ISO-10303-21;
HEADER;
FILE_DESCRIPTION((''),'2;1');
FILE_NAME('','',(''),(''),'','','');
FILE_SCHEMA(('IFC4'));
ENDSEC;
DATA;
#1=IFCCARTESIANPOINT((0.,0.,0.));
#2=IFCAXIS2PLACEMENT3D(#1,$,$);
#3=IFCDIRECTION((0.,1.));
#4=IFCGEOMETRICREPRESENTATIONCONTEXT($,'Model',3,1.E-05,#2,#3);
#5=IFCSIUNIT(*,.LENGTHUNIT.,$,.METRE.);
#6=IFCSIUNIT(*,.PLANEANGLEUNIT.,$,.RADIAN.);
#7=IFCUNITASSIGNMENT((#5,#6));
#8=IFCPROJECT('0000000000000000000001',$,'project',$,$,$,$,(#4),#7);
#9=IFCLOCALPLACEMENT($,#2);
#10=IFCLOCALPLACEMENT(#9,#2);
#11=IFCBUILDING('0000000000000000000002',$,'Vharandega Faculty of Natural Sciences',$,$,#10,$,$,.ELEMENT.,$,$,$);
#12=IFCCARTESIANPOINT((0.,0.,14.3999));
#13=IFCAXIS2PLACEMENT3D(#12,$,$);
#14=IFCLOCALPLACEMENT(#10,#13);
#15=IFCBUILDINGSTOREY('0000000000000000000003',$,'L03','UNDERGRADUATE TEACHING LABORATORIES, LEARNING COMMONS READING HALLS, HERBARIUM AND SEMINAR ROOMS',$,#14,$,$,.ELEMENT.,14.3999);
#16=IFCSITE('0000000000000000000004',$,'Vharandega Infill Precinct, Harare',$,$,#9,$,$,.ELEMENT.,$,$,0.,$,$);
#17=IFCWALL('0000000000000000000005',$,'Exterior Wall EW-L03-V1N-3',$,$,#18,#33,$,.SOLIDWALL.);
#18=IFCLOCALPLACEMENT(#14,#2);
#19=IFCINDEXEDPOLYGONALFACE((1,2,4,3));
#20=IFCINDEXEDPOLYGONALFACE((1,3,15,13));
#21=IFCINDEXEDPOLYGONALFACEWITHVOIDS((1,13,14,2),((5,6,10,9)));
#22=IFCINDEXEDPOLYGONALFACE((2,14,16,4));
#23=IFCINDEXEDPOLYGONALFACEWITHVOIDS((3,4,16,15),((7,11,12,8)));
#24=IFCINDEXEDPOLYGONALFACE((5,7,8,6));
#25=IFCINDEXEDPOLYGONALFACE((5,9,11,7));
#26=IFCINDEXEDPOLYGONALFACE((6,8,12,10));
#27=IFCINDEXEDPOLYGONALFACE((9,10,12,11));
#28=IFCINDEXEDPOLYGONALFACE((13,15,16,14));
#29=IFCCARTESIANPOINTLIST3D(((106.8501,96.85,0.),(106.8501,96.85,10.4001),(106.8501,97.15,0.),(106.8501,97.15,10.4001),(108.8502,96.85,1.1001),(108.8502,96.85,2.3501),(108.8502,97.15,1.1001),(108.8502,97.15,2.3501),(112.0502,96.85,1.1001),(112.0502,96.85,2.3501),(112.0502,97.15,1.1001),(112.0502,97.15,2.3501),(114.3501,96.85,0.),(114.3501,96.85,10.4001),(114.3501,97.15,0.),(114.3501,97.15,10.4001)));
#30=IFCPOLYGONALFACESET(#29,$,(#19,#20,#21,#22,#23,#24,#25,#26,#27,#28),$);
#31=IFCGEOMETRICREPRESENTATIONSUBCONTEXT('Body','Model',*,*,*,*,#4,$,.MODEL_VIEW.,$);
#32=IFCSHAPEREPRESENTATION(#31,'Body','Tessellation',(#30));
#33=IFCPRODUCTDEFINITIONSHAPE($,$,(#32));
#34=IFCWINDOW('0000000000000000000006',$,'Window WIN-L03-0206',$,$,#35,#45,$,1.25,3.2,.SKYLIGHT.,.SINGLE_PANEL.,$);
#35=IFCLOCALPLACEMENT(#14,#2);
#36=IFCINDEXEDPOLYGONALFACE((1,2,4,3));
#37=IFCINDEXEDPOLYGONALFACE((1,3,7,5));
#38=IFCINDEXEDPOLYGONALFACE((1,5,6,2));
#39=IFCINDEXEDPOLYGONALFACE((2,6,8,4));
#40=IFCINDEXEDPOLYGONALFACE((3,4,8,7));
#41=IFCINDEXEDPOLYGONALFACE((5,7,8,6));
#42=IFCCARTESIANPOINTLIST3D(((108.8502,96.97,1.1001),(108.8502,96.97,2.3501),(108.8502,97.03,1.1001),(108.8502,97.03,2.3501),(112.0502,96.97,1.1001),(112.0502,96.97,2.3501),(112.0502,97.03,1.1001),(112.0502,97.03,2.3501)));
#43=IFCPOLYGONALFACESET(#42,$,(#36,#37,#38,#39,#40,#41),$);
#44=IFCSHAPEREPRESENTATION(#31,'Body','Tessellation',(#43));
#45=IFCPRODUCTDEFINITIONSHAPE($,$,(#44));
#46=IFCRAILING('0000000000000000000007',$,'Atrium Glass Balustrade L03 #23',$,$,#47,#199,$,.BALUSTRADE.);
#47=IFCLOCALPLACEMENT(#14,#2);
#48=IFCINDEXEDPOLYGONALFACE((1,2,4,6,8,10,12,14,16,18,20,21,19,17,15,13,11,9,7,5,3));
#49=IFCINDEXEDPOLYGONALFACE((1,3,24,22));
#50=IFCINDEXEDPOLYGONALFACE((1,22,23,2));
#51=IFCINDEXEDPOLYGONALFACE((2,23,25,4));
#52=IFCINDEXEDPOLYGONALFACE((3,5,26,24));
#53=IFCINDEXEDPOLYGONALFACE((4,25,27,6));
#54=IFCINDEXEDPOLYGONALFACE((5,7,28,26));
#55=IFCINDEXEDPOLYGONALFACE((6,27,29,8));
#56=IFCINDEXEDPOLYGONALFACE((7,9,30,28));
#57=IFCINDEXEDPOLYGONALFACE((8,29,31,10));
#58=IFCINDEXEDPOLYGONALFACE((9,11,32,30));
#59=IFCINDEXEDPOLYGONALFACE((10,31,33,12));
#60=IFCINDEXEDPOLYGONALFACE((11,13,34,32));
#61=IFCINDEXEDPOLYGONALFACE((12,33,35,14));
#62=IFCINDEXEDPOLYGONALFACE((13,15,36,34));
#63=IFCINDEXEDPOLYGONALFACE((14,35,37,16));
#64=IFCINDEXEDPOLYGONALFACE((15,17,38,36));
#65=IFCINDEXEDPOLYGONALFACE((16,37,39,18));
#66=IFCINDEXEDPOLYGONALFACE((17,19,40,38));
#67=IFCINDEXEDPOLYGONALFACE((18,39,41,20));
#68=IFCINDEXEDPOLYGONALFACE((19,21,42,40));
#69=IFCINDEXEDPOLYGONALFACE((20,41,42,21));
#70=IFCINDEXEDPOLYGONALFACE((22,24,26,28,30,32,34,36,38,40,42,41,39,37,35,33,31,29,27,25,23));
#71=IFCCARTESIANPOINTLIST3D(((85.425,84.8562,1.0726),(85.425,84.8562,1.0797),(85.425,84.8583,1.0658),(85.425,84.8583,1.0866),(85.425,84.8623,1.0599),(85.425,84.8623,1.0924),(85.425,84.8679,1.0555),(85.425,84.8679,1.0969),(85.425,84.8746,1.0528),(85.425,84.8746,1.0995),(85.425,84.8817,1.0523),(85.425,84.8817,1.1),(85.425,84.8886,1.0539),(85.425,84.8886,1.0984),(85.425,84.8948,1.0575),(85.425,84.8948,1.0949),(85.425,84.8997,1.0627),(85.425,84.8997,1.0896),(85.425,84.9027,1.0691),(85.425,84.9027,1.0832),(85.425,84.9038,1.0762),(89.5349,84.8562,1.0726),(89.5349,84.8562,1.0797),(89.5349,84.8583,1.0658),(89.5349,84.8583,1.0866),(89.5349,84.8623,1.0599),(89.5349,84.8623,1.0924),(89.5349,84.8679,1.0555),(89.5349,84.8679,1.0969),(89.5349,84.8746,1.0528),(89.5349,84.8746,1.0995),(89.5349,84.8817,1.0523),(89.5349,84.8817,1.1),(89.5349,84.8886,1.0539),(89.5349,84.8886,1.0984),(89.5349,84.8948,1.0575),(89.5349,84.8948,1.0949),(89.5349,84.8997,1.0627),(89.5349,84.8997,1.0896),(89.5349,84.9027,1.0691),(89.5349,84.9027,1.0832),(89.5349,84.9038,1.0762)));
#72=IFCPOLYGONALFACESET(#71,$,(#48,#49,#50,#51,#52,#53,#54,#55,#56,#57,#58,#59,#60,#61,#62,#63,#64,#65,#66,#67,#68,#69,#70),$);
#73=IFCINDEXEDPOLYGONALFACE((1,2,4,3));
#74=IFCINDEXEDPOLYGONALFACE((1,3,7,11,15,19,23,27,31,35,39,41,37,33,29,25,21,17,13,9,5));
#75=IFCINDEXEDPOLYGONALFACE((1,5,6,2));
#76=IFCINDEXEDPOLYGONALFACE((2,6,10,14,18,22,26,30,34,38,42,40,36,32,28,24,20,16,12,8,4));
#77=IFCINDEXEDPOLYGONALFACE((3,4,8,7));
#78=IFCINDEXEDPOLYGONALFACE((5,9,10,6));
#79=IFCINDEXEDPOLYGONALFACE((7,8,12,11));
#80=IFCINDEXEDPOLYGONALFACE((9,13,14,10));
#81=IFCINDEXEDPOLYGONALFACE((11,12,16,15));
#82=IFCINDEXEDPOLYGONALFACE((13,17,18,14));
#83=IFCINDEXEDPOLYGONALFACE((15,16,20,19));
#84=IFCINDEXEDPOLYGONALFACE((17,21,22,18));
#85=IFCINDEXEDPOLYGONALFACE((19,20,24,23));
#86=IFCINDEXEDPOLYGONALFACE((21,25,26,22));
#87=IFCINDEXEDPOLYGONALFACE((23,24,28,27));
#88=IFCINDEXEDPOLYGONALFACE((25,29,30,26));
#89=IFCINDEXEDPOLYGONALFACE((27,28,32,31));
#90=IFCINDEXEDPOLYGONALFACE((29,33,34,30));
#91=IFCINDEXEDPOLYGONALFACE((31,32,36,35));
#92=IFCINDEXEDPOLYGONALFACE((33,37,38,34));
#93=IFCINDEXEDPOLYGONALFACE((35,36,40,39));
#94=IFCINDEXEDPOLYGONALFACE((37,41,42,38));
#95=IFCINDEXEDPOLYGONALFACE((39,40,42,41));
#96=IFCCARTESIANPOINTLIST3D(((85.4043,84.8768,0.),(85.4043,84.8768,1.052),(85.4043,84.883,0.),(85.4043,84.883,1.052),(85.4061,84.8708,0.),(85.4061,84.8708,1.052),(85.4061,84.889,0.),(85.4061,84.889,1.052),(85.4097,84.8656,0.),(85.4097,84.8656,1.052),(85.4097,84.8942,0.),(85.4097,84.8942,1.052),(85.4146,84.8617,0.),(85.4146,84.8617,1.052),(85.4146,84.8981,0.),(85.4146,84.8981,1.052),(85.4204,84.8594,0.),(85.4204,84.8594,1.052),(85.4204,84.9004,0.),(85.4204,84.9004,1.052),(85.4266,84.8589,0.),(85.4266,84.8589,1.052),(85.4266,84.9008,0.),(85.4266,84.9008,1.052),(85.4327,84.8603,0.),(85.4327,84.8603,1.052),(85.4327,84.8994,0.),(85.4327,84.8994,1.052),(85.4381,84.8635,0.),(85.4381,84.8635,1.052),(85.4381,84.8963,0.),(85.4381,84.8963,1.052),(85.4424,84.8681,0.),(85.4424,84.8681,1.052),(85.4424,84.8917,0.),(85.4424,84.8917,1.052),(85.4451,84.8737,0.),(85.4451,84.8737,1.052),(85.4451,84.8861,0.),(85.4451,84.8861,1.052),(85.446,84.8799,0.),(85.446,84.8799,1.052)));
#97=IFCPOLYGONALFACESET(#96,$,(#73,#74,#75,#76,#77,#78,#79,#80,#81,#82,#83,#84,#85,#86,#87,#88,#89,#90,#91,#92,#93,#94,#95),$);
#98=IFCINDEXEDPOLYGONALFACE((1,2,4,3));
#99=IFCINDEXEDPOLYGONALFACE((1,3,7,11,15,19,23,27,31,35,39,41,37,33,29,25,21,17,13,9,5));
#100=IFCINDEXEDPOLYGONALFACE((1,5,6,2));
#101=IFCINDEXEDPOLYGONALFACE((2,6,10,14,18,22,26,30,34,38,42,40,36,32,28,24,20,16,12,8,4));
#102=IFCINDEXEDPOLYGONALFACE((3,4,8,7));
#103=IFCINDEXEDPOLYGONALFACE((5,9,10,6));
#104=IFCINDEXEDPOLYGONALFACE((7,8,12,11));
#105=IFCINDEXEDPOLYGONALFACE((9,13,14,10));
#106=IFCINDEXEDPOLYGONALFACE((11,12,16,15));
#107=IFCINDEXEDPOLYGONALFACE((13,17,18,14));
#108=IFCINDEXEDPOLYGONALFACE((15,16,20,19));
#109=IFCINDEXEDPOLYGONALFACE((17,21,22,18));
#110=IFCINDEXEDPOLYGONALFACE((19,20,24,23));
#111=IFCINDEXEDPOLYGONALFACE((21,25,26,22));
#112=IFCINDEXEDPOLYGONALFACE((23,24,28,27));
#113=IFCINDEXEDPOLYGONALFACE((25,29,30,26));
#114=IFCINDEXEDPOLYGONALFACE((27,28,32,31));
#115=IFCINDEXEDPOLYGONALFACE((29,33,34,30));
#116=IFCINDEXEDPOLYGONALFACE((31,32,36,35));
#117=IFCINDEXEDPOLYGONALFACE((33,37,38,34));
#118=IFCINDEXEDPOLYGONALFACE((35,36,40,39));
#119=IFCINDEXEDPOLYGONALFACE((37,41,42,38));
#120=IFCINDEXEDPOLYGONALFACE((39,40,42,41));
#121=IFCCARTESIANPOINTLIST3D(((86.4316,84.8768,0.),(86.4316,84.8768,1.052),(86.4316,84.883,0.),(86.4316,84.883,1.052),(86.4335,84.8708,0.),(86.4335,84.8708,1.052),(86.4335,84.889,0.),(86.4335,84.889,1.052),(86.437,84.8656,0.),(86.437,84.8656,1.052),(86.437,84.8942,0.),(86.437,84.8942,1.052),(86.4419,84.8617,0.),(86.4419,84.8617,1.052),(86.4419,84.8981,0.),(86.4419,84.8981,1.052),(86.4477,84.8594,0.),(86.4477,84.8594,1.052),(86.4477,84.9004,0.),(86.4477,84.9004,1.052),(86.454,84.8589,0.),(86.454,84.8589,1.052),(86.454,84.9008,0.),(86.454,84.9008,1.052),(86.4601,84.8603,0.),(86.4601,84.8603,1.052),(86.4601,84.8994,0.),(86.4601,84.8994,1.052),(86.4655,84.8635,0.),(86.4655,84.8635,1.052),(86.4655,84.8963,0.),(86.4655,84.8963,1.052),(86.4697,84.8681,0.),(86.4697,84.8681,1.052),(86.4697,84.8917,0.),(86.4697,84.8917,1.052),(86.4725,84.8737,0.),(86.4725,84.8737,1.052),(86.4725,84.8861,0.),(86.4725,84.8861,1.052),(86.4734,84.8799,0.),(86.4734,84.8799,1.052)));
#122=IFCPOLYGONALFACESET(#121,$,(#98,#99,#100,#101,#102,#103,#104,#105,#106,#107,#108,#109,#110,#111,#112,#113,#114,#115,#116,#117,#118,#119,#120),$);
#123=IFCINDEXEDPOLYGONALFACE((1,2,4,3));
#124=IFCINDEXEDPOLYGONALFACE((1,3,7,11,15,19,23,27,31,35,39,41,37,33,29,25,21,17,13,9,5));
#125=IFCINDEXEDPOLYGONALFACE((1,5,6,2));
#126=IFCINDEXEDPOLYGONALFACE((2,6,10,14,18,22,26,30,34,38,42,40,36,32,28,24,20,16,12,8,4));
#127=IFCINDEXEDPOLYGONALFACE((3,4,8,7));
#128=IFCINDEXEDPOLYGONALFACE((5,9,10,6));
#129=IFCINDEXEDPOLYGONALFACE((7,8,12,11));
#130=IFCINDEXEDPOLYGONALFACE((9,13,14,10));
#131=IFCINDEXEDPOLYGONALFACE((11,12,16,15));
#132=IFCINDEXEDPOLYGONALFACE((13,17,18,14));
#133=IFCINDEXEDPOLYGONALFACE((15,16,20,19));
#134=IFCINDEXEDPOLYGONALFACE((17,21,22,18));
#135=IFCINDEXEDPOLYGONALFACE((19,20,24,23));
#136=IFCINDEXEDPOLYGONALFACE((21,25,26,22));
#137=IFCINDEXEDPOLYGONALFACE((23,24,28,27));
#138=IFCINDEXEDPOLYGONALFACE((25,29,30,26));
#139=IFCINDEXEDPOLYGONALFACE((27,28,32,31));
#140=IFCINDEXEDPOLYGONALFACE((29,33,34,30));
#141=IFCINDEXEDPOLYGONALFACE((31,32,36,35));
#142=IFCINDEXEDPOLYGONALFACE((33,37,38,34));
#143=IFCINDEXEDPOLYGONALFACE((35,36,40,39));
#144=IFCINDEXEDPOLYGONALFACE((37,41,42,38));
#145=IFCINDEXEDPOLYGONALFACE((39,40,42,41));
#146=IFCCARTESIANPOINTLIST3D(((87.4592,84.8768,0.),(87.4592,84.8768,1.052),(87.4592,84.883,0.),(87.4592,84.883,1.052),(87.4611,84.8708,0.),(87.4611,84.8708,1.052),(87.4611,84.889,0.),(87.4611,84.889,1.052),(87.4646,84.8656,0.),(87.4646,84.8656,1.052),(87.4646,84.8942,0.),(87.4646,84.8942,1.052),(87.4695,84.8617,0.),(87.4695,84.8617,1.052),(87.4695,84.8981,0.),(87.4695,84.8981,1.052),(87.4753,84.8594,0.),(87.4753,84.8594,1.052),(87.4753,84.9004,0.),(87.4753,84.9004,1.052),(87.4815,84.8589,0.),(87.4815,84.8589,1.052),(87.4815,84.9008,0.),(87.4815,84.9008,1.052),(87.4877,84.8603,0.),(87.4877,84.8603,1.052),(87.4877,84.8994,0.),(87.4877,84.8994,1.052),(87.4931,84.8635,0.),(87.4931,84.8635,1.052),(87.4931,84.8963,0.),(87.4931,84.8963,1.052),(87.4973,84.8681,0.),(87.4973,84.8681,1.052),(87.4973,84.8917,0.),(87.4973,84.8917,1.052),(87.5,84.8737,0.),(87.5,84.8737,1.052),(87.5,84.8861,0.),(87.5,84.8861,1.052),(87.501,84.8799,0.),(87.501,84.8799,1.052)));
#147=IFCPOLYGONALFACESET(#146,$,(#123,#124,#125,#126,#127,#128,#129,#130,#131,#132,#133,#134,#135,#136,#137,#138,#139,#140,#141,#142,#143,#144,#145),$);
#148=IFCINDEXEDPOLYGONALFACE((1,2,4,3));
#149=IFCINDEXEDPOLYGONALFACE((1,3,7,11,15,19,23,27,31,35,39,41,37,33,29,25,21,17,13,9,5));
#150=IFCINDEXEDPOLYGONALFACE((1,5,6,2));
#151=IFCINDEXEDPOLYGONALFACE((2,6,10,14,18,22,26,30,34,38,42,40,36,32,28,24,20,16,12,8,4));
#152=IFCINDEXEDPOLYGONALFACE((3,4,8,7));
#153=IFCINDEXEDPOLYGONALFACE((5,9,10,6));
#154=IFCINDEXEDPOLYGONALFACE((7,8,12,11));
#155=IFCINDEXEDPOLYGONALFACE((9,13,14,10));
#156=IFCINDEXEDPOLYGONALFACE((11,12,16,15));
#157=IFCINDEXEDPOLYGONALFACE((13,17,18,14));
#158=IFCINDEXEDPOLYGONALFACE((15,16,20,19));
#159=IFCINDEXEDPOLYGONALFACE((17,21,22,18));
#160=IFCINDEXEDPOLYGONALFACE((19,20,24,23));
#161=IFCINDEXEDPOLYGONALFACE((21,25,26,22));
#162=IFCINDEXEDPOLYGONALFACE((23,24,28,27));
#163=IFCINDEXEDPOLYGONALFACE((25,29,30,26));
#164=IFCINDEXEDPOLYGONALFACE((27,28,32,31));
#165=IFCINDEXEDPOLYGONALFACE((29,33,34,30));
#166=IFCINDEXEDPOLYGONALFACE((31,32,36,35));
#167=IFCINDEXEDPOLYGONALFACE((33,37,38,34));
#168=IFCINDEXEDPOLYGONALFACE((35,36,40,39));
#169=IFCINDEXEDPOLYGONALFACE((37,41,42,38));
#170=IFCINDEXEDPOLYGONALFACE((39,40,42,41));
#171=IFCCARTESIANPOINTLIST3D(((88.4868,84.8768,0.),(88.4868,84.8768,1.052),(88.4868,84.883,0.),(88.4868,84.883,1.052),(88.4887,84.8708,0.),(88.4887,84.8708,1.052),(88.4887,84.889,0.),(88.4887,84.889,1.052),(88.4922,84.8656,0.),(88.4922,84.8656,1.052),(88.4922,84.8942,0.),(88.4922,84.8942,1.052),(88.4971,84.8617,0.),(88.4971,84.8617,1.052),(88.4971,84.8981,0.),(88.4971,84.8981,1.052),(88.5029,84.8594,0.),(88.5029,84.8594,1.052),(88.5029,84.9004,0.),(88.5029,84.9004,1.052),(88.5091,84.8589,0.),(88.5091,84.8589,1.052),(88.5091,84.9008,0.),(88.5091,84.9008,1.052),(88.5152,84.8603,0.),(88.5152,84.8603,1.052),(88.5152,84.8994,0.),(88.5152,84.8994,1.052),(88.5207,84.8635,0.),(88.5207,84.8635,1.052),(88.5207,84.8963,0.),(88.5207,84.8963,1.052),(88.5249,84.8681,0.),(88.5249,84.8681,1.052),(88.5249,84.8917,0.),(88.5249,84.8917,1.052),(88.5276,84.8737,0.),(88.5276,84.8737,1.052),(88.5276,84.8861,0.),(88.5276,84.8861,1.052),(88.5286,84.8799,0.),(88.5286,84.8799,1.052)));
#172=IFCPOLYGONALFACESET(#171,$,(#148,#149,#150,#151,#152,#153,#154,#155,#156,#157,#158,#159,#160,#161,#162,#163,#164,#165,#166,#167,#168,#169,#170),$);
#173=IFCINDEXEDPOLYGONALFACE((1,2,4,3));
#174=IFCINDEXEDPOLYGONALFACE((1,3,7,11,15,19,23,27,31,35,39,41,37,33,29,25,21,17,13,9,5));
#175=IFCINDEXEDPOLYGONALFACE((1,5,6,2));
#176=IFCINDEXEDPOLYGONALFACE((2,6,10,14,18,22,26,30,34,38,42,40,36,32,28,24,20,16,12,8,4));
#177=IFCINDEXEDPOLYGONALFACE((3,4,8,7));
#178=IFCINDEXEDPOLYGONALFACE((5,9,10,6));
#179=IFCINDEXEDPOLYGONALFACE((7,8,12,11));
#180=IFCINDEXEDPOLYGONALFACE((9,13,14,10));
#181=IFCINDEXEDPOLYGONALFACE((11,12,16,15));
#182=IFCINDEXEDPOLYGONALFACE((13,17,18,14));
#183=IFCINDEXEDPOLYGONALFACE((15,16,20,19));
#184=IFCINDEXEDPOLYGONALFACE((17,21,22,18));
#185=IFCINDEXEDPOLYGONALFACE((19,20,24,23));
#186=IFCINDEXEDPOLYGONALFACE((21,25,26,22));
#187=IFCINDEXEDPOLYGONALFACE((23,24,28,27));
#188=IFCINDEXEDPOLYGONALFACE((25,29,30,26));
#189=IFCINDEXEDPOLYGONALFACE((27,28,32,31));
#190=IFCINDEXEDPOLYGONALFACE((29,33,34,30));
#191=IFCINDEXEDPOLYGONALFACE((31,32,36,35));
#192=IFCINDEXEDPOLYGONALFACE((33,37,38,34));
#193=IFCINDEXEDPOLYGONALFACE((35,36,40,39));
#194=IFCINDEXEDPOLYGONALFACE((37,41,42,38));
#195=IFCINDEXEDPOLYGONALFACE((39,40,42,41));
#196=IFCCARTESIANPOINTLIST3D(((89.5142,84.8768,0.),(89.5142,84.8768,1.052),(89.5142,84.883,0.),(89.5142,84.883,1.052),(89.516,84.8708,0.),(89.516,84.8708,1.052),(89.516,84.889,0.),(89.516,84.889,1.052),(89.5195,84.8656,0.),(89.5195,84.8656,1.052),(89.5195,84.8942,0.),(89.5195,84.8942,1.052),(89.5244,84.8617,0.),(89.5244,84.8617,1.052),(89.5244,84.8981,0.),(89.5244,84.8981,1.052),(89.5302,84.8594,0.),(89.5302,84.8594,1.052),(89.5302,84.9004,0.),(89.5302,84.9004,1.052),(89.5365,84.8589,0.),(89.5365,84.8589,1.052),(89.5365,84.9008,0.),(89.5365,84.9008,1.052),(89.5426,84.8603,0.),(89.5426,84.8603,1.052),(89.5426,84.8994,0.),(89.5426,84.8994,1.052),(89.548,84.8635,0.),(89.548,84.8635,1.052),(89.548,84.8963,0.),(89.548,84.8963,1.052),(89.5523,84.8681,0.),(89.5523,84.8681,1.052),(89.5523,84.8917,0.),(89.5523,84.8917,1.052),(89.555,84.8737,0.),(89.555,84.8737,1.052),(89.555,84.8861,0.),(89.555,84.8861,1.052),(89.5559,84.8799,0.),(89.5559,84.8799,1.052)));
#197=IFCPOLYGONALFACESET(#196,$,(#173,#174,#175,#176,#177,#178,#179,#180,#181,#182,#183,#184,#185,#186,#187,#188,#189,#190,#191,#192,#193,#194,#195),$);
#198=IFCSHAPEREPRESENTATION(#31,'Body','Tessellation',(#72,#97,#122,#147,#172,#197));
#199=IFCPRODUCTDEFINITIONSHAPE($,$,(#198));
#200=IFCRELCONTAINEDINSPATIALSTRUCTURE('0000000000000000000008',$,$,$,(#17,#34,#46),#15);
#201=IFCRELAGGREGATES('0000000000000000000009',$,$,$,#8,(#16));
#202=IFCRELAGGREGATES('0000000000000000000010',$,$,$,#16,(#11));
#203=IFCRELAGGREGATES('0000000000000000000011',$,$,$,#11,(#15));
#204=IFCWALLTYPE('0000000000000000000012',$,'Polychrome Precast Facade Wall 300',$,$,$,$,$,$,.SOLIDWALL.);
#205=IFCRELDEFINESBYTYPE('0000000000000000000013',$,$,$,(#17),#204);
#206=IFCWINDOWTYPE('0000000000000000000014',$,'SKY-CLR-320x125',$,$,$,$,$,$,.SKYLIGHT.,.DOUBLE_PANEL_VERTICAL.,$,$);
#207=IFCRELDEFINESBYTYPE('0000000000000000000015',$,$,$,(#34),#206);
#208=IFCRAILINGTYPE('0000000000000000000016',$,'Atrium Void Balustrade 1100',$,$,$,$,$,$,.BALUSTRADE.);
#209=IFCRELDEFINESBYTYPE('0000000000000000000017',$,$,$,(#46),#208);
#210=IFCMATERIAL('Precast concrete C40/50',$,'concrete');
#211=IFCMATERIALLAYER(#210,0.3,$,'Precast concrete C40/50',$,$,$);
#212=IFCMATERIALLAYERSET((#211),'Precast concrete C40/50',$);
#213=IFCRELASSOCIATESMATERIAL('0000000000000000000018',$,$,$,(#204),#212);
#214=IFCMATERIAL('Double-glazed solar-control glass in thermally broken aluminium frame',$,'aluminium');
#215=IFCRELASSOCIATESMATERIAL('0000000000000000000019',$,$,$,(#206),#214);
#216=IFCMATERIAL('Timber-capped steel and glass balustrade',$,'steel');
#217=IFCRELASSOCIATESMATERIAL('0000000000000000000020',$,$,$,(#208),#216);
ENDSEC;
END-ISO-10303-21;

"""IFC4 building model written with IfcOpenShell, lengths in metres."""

from ifc_helpers import new_model, si_unit, direction, frame, frame_2d, origin, origin_2d, place, context, subcontext, project, spatial, rectangle, circle, extrude, material, layer, layer_set, type_object, element, fill, save


model = new_model("IFC4")

# Units and contexts
model_context = context("Model", 3, precision=1e-05, world=origin(), true_north=direction((0.0, 1.0)))
body_context = subcontext(model_context, "Body", "Model", "MODEL_VIEW")
ifc_project = project(units=[si_unit("LENGTHUNIT", "METRE"), si_unit("PLANEANGLEUNIT", "RADIAN")], contexts=[model_context])

# Site, building, storey
site_placement = place(None, origin())
site = spatial("IfcSite", under=ifc_project, at=site_placement, Name="Vharandega Infill Precinct, Harare", CompositionType="ELEMENT", RefElevation=0.0)
building_placement = place(site_placement, origin())
building = spatial("IfcBuilding", under=site, at=building_placement, Name="Vharandega Faculty of Natural Sciences", CompositionType="ELEMENT")
storey_placement = place(building_placement, frame((0.0, 0.0, 14.3999)))
storey = spatial("IfcBuildingStorey", under=building, at=storey_placement, Name="L03", Description="UNDERGRADUATE TEACHING LABORATORIES, LEARNING COMMONS READING HALLS, HERBARIUM AND SEMINAR ROOMS", CompositionType="ELEMENT", Elevation=14.3999)

# Wall, opening, window
ifc_material_1 = material(Name="Precast concrete C40/50", Category="concrete")
ifc_layer_1 = layer(ifc_material_1, 0.3, Name="Precast concrete C40/50")
ifc_layer_set_1 = layer_set([ifc_layer_1], Name="Precast concrete C40/50")
wall_type = type_object("IfcWallType", Name="Polychrome Precast Facade Wall 300", PredefinedType="SOLIDWALL", material=ifc_layer_set_1)
ifc_material_2 = material(Name="Double-glazed solar-control glass in thermally broken aluminium frame", Category="aluminium")
window_type = type_object("IfcWindowType", Name="SKY-CLR-320x125", PartitioningType="DOUBLE_PANEL_VERTICAL", PredefinedType="SKYLIGHT", material=ifc_material_2)
wall_1_placement = place(storey_placement, frame((106.8501, 97.0, 0.0), z_axis=(0.0, 0.0, 1.0), x_axis=(1.0, 0.0, 0.0)))
wall_1 = element("IfcWall", 1, at=wall_1_placement, inside=storey, type_object=wall_type, Name="Exterior Wall EW-L03-V1N-3", PredefinedType="SOLIDWALL", context=body_context, shape_type="SweptSolid", body=[
    extrude(rectangle(XDim=7.5, YDim=0.3, at=frame_2d((3.75, 0.0))), origin(), (0.0, 0.0, 1.0), 10.4001),
])
opening_1_placement = place(wall_1_placement, frame((2.0, 0.0, 1.1001)))
opening_1 = element("IfcOpeningElement", 2, at=opening_1_placement, cuts=wall_1, PredefinedType="OPENING", context=body_context, shape_type="SweptSolid", body=[
    extrude(rectangle(XDim=3.2, YDim=1.25, at=frame_2d((1.6001, 0.625))), frame((0.0, 0.1602, 0.0), z_axis=(0.0, -1.0, 0.0), x_axis=(1.0, 0.0, 0.0)), (0.0, 0.0, 1.0), 0.3201),
])
window_1_placement = place(opening_1_placement, origin())
window_1 = element("IfcWindow", 3, at=window_1_placement, inside=storey, type_object=window_type, Name="Window WIN-L03-0206", OverallHeight=1.25, OverallWidth=3.2, PartitioningType="SINGLE_PANEL", PredefinedType="SKYLIGHT", context=body_context, shape_type="SweptSolid", body=[
    extrude(rectangle(XDim=3.2, YDim=1.25, at=frame_2d((1.6001, 0.625))), frame((0.0, 0.03, 0.0), z_axis=(0.0, -1.0, 0.0), x_axis=(1.0, 0.0, 0.0)), (0.0, 0.0, 1.0), 0.0601),
])
fill(opening_1, window_1)

# Railing
ifc_material_3 = material(Name="Timber-capped steel and glass balustrade", Category="steel")
railing_type = type_object("IfcRailingType", Name="Atrium Void Balustrade 1100", PredefinedType="BALUSTRADE", material=ifc_material_3)
railing_placement = place(storey_placement, frame((85.425, 84.8799, 0.0)))
element("IfcRailing", 4, at=railing_placement, inside=storey, type_object=railing_type, Name="Atrium Glass Balustrade L03 #23", PredefinedType="BALUSTRADE", context=body_context, shape_type="SweptSolid", body=[
    extrude(circle(Radius=0.0239, at=origin_2d()), frame((0.0, 0.0, 1.0762), z_axis=(1.0, 0.0, 0.0), x_axis=(0.0, 1.0, 0.0)), (0.0, 0.0, 1.0), 4.1099),
    extrude(circle(Radius=0.021, at=origin_2d()), origin(), (0.0, 0.0, 1.0), 1.052),
    extrude(circle(Radius=0.021, at=origin_2d()), frame((1.0273, 0.0, 0.0)), (0.0, 0.0, 1.0), 1.052),
    extrude(circle(Radius=0.021, at=origin_2d()), frame((2.0549, 0.0, 0.0)), (0.0, 0.0, 1.0), 1.052),
    extrude(circle(Radius=0.021, at=origin_2d()), frame((3.0825, 0.0, 0.0)), (0.0, 0.0, 1.0), 1.052),
    extrude(circle(Radius=0.021, at=origin_2d()), frame((4.1099, 0.0, 0.0)), (0.0, 0.0, 1.0), 1.052),
])

save(model, "model.ifc")
